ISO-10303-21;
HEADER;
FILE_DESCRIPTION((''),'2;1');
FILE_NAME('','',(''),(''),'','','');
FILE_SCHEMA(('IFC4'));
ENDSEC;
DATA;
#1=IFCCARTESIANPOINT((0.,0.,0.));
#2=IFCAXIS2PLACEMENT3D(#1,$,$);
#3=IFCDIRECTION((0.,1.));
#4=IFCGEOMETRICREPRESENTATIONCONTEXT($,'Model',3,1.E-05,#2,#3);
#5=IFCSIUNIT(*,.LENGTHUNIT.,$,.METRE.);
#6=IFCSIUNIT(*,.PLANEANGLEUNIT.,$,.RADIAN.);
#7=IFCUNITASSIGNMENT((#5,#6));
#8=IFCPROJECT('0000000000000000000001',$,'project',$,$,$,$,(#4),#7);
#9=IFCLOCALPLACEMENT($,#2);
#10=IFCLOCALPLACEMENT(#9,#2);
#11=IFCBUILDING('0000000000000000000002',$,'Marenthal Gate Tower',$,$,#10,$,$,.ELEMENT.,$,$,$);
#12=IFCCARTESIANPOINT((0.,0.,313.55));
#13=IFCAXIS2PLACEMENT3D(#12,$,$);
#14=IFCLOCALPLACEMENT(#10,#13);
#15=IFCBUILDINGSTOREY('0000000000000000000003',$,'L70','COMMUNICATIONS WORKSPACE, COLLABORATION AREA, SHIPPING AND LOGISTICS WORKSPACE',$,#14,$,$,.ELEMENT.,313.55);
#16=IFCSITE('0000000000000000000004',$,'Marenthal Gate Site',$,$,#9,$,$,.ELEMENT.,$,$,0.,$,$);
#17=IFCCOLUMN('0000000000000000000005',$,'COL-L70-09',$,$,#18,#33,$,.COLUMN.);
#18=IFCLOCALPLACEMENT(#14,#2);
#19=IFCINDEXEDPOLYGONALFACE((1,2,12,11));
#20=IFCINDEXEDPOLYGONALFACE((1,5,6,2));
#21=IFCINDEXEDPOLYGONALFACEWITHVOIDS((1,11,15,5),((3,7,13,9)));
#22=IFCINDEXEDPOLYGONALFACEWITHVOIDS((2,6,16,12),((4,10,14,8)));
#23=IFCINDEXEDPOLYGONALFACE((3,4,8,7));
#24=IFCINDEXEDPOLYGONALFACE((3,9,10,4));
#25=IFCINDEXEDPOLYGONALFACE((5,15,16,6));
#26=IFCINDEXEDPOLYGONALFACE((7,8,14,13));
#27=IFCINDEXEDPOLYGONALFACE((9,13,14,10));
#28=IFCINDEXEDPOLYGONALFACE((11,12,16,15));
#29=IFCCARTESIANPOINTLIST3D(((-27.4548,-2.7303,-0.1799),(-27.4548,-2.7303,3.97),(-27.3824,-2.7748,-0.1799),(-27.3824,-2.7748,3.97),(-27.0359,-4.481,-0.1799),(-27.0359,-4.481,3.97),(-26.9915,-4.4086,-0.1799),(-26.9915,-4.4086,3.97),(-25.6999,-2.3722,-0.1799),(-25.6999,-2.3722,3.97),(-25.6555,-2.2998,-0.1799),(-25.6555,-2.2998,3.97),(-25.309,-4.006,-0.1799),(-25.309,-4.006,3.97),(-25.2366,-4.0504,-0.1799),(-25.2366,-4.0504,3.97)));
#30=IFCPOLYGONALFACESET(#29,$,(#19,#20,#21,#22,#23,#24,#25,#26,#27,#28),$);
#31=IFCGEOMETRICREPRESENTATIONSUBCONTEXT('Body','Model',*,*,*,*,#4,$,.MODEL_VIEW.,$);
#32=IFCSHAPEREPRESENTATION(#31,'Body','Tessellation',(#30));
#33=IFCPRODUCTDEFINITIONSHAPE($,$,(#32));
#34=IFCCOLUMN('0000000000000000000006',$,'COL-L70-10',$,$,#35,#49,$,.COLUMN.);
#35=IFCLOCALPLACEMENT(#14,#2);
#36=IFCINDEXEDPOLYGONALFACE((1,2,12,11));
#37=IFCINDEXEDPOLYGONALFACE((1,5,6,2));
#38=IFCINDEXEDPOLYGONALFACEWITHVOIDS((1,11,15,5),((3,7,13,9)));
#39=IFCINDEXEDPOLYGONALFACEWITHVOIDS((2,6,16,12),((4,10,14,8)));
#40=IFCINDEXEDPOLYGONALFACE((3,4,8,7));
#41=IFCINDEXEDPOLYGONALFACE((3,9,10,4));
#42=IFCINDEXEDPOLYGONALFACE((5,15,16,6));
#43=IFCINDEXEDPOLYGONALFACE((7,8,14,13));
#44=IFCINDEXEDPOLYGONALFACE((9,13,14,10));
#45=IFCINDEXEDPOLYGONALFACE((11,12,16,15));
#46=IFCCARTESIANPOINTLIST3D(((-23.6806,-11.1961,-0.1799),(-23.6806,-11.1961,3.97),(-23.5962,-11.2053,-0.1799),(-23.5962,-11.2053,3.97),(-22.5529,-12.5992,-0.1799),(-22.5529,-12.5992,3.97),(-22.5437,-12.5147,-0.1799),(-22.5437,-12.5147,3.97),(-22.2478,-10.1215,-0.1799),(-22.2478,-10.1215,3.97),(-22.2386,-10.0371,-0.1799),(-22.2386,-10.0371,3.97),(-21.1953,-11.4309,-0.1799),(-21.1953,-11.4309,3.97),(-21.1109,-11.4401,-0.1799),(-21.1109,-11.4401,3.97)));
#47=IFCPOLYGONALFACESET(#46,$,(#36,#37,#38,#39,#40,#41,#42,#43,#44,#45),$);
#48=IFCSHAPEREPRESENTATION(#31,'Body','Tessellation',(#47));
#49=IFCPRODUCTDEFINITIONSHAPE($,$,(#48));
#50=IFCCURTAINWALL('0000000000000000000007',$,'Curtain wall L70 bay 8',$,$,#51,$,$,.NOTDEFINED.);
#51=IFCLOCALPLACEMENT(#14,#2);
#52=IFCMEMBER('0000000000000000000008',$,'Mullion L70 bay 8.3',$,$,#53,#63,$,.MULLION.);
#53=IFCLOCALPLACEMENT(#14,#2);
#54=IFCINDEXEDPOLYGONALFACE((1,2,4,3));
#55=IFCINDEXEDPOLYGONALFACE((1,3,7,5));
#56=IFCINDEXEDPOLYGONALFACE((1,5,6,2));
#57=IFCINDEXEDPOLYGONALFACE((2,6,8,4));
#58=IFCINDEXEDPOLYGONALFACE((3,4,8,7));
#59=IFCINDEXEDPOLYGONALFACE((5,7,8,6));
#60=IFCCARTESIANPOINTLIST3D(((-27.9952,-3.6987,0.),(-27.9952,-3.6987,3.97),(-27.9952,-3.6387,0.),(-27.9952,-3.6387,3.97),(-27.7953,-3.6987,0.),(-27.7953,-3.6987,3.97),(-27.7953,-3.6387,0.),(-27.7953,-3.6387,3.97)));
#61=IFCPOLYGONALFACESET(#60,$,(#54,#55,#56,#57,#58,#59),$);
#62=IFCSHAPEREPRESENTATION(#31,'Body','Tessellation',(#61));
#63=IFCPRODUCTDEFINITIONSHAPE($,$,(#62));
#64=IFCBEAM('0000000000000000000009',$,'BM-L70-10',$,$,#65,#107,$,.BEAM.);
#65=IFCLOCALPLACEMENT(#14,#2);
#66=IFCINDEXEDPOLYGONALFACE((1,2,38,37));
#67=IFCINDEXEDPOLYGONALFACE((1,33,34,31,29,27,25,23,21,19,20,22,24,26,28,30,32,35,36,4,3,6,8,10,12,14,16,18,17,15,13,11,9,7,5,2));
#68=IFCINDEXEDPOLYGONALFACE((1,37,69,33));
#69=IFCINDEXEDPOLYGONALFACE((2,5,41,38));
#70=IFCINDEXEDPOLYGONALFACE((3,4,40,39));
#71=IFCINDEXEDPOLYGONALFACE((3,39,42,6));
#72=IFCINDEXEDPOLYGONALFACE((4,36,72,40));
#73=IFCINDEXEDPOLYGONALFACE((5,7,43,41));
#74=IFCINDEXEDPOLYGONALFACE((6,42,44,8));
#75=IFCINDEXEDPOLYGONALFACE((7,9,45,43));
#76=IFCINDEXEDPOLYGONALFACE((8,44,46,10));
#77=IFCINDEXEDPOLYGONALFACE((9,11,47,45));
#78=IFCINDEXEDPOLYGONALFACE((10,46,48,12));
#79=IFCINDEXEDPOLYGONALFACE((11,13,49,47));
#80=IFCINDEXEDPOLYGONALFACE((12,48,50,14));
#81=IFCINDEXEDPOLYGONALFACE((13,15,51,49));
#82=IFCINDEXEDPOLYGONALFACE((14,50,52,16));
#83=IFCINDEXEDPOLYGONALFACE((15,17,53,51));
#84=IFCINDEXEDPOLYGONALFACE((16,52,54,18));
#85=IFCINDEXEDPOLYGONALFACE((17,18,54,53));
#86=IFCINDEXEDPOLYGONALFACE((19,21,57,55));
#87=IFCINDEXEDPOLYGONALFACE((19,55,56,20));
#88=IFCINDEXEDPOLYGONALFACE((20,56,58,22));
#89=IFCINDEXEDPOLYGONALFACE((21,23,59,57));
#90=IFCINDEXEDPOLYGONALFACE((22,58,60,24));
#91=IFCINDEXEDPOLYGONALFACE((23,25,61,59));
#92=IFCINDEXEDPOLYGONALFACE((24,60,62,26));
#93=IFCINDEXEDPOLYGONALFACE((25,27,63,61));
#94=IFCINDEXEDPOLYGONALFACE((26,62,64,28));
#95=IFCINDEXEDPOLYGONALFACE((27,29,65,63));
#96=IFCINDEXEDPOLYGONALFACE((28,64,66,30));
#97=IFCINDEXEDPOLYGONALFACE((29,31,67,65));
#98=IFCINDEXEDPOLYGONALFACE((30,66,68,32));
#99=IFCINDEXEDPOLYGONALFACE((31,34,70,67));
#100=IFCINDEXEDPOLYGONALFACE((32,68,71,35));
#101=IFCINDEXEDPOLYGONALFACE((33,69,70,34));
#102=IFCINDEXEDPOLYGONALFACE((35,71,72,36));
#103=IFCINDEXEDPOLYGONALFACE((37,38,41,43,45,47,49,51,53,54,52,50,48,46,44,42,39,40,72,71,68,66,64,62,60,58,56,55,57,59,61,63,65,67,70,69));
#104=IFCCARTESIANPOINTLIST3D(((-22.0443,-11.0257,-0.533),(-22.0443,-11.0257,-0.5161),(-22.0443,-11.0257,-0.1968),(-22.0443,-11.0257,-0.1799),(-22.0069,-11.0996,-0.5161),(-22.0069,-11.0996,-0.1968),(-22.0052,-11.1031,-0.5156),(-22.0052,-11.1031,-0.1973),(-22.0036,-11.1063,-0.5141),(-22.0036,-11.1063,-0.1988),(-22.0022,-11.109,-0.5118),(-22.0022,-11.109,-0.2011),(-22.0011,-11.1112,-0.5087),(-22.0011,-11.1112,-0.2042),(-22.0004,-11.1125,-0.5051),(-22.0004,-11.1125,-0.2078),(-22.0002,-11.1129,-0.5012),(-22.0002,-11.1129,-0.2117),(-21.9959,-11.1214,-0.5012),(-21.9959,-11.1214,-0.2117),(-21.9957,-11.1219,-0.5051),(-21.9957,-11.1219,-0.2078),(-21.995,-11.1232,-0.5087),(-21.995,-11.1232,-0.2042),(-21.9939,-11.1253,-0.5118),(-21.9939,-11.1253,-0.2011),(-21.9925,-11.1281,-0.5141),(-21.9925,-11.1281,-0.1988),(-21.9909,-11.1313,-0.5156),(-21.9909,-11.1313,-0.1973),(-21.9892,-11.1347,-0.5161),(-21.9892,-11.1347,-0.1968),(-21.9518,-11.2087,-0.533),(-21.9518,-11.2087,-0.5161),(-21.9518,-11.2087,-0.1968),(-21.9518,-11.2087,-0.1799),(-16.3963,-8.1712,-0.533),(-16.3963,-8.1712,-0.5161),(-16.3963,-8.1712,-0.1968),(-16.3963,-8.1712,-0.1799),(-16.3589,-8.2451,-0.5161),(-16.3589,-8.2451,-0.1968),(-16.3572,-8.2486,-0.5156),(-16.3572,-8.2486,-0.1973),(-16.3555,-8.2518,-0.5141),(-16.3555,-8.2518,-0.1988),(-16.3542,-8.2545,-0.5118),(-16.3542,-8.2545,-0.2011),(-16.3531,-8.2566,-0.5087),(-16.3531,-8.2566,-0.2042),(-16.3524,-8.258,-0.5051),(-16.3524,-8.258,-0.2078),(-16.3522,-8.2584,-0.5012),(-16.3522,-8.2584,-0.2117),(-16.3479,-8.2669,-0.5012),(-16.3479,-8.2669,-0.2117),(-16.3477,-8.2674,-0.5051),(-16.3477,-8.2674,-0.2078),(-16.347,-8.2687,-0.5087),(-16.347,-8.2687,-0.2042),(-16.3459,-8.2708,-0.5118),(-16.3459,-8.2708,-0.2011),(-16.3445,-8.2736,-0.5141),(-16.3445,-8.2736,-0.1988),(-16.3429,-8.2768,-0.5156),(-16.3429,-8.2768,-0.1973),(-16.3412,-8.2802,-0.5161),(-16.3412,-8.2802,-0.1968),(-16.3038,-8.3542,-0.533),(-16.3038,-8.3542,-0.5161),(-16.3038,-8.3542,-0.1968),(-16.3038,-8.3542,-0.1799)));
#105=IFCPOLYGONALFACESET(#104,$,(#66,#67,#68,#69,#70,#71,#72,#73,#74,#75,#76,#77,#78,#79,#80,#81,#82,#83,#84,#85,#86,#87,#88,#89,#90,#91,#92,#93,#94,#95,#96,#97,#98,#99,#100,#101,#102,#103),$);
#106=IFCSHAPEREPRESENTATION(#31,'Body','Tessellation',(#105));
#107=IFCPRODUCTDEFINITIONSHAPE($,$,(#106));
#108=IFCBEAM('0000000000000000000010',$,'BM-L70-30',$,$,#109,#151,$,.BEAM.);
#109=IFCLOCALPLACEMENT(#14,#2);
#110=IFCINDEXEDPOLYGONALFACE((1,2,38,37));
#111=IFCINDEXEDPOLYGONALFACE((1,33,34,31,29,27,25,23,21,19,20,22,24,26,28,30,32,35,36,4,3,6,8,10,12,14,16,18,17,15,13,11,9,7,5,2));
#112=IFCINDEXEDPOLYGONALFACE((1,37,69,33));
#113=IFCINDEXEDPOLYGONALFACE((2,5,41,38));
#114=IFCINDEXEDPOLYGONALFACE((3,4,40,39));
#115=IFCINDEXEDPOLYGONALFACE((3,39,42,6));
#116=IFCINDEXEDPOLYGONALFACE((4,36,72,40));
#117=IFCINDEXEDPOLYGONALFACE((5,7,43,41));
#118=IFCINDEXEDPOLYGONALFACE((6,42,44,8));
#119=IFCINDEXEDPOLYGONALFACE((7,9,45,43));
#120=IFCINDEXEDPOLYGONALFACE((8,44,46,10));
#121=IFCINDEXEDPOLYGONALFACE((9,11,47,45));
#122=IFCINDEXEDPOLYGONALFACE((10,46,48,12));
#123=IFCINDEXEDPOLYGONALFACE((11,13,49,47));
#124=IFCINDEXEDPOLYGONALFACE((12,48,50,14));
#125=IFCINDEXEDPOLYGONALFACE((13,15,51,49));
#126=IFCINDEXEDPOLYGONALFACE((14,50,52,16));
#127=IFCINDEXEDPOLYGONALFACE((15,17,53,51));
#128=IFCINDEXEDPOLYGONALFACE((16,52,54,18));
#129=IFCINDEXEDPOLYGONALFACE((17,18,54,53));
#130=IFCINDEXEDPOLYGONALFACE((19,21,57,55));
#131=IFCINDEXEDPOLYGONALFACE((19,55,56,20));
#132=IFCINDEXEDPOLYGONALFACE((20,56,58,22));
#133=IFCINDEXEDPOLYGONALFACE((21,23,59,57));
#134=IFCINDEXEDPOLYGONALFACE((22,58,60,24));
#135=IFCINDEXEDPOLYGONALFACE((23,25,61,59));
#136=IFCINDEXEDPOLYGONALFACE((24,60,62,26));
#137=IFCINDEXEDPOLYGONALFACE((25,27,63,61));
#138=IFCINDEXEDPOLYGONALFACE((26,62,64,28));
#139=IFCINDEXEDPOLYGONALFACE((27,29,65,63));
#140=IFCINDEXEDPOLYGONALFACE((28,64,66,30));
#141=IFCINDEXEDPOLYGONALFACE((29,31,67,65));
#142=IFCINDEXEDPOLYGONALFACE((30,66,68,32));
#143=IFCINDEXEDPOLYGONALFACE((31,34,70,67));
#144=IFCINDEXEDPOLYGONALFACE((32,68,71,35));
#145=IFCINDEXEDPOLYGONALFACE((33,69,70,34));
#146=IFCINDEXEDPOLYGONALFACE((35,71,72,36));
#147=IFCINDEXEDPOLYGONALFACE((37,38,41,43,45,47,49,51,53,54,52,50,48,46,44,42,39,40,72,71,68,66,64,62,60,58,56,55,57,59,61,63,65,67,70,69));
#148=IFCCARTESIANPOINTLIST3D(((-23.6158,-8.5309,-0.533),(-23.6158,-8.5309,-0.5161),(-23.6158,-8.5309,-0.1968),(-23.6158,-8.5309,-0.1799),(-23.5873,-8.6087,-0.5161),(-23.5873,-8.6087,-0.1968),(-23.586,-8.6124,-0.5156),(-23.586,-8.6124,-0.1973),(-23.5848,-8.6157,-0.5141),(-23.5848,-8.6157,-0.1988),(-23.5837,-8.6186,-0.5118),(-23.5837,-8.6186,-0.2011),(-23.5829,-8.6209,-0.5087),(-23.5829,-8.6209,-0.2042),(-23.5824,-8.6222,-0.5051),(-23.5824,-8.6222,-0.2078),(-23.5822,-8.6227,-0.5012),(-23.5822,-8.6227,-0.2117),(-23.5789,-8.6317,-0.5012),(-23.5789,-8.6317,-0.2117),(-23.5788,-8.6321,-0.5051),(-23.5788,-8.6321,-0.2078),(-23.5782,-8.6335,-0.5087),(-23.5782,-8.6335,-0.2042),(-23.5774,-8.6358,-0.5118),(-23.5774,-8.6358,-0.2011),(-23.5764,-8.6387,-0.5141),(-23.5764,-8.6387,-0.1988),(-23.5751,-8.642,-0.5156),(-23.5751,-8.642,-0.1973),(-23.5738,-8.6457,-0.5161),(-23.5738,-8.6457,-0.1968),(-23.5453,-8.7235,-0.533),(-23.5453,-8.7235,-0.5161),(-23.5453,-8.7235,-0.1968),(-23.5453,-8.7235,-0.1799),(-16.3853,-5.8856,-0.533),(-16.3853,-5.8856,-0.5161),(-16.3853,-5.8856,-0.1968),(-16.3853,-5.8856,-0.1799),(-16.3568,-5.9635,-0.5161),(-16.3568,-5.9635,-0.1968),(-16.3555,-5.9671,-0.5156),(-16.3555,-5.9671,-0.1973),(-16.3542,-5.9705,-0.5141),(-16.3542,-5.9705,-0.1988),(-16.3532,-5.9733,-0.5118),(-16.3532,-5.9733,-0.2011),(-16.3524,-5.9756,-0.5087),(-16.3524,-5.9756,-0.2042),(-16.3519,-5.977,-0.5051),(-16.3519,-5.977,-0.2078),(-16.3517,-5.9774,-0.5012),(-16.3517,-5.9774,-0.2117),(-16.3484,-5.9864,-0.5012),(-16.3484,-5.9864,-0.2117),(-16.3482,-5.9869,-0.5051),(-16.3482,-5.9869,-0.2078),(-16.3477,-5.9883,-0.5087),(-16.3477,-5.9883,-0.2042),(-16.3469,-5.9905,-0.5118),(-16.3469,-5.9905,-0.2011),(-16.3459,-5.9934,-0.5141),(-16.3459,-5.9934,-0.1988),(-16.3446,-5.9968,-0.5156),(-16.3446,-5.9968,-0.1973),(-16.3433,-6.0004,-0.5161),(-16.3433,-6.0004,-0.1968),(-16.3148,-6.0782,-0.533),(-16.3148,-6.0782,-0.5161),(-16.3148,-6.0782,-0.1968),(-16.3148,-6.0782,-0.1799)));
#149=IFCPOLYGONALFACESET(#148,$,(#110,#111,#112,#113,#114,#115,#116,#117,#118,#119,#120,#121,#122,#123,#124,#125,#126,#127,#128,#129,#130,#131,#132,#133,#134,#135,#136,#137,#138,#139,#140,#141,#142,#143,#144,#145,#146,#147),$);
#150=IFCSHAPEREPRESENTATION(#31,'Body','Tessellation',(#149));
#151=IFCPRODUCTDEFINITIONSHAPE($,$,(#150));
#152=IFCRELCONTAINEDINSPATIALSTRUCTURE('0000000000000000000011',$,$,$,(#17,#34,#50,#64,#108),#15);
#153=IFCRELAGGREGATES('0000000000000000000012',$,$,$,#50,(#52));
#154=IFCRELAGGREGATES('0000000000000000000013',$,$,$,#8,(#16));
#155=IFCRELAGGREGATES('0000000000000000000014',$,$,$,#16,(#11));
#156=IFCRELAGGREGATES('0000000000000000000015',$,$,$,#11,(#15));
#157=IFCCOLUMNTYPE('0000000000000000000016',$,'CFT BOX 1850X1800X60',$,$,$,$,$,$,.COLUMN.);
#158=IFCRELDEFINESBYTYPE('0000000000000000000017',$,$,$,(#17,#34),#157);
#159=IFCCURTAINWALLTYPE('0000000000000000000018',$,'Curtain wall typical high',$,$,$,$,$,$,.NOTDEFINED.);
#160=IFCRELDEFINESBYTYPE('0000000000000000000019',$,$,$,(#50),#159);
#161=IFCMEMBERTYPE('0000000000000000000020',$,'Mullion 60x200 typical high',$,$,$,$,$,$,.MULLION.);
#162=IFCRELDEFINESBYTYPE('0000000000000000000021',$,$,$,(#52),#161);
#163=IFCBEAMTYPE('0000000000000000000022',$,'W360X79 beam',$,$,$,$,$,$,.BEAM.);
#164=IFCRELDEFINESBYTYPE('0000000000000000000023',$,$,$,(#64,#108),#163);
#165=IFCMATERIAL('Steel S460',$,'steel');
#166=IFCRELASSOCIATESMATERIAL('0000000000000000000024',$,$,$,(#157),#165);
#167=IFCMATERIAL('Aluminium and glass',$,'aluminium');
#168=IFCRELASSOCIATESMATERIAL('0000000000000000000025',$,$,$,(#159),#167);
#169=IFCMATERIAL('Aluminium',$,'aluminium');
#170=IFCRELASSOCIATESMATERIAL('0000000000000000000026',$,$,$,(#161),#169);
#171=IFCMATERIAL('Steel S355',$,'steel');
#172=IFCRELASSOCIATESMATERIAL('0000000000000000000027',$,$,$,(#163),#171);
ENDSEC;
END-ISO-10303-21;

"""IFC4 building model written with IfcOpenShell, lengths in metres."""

from ifc_helpers import new_model, si_unit, direction, frame, origin, origin_2d, place, context, subcontext, project, spatial, rectangle, hollow_rectangle, i_section, extrude, material, material_profile, profile_set, type_object, element, aggregate, save


model = new_model("IFC4")

# Units and contexts
model_context = context("Model", 3, precision=1e-05, world=origin(), true_north=direction((0.0, 1.0)))
body_context = subcontext(model_context, "Body", "Model", "MODEL_VIEW")
ifc_project = project(units=[si_unit("LENGTHUNIT", "METRE"), si_unit("PLANEANGLEUNIT", "RADIAN")], contexts=[model_context])

# Site, building, storey
site_placement = place(None, origin())
site = spatial("IfcSite", under=ifc_project, at=site_placement, Name="Marenthal Gate Site", CompositionType="ELEMENT", RefElevation=0.0)
building_placement = place(site_placement, origin())
building = spatial("IfcBuilding", under=site, at=building_placement, Name="Marenthal Gate Tower", CompositionType="ELEMENT")
storey_placement = place(building_placement, frame((0.0, 0.0, 313.55)))
storey = spatial("IfcBuildingStorey", under=building, at=storey_placement, Name="L70", Description="COMMUNICATIONS WORKSPACE, COLLABORATION AREA, SHIPPING AND LOGISTICS WORKSPACE", CompositionType="ELEMENT", Elevation=313.55)

# Columns
ifc_material_1 = material(Name="Steel S460", Category="steel")
ifc_material_profile_1 = material_profile(ifc_material_1, hollow_rectangle(XDim=1.8, YDim=1.8501, WallThickness=0.0601, at=origin_2d()), Name="CFT BOX 1850X1800X60")
ifc_material_2 = material(Name="Concrete 70 MPa", Category="concrete")
ifc_material_profile_2 = material_profile(ifc_material_2, rectangle(XDim=1.6799, YDim=1.73, at=origin_2d()), Name="CFT BOX 1850X1800X60 INFILL")
ifc_profile_set_1 = profile_set([ifc_material_profile_1, ifc_material_profile_2], Name="Steel S460 shell, Concrete 70 MPa infill")
column_type = type_object("IfcColumnType", Name="CFT BOX 1850X1800X60", PredefinedType="COLUMN", material=ifc_profile_set_1)
for number, where, z_axis, x_axis, name in (
    (1, (-26.3457, -3.3904, -0.1799), (0.0, 0.0, 1.0), (-0.232702, 0.972548, 0.0), "COL-L70-09"),
    (2, (-22.3958, -11.3181, -0.1799), (0.0, 0.0, 1.0), (-0.626475, 0.779442, 0.0), "COL-L70-10"),
):
    element("IfcColumn", number, at=place(storey_placement, frame(where, z_axis=z_axis, x_axis=x_axis)), inside=storey, type_object=column_type, Name=name, PredefinedType="COLUMN", context=body_context, shape_type="SweptSolid", body=[
        extrude(hollow_rectangle(XDim=1.8, YDim=1.8501, WallThickness=0.0601, at=origin_2d()), origin(), (0.0, 0.0, 1.0), 4.1499),
    ])

# Curtain wall, member
ifc_material_3 = material(Name="Aluminium and glass", Category="aluminium")
curtain_wall_type = type_object("IfcCurtainWallType", Name="Curtain wall typical high", PredefinedType="NOTDEFINED", material=ifc_material_3)
curtain_wall_placement = place(storey_placement, origin())
curtain_wall = element("IfcCurtainWall", 3, at=curtain_wall_placement, inside=storey, type_object=curtain_wall_type, Name="Curtain wall L70 bay 8", PredefinedType="NOTDEFINED")
ifc_material_4 = material(Name="Aluminium", Category="aluminium")
ifc_material_profile_3 = material_profile(ifc_material_4, rectangle(XDim=0.2, YDim=0.0601, at=origin_2d()), Name="60x200 aluminium mullion")
ifc_profile_set_2 = profile_set([ifc_material_profile_3], Name="Aluminium")
member_type = type_object("IfcMemberType", Name="Mullion 60x200 typical high", PredefinedType="MULLION", material=ifc_profile_set_2)
member_placement = place(storey_placement, frame((-27.8953, -3.6687, 0.0), z_axis=(0.0, 0.0, 1.0), x_axis=(1.0, 0.0, 0.0)))
member = element("IfcMember", 4, at=member_placement, type_object=member_type, Name="Mullion L70 bay 8.3", PredefinedType="MULLION", context=body_context, shape_type="SweptSolid", body=[
    extrude(rectangle(XDim=0.2, YDim=0.0601, at=origin_2d()), origin(), (0.0, 0.0, 1.0), 3.97),
])

# Beams
ifc_material_5 = material(Name="Steel S355", Category="steel")
ifc_material_profile_4 = material_profile(ifc_material_5, i_section(OverallWidth=0.2051, OverallDepth=0.353, WebThickness=0.0095, FlangeThickness=0.0168, FilletRadius=0.0149, at=origin_2d()), Name="W360X79")
ifc_profile_set_3 = profile_set([ifc_material_profile_4], Name="Steel S355")
beam_type_1 = type_object("IfcBeamType", Name="W360X79 beam", PredefinedType="BEAM", material=ifc_profile_set_3)
beam_1_placement = place(storey_placement, frame((-21.998, -11.1172, -0.3564), z_axis=(0.89249, 0.451067, 0.0), x_axis=(-0.451067, 0.89249, 0.0)))
element("IfcBeam", 5, at=beam_1_placement, inside=storey, type_object=beam_type_1, Name="BM-L70-10", PredefinedType="BEAM", context=body_context, shape_type="SweptSolid", body=[
    extrude(i_section(OverallWidth=0.2051, OverallDepth=0.353, WebThickness=0.0095, FlangeThickness=0.0168, FilletRadius=0.0149, at=origin_2d()), origin(), (0.0, 0.0, 1.0), 6.3284),
])
beam_2_placement = place(storey_placement, frame((-23.5806, -8.6272, -0.3564), z_axis=(0.939124, 0.343578, 0.0), x_axis=(-0.343578, 0.939124, 0.0)))
element("IfcBeam", 6, at=beam_2_placement, inside=storey, type_object=beam_type_1, Name="BM-L70-30", PredefinedType="BEAM", context=body_context, shape_type="SweptSolid", body=[
    extrude(i_section(OverallWidth=0.2051, OverallDepth=0.353, WebThickness=0.0095, FlangeThickness=0.0168, FilletRadius=0.0149, at=origin_2d()), origin(), (0.0, 0.0, 1.0), 7.6992),
])

aggregate(curtain_wall, [member])

save(model, "model.ifc")
